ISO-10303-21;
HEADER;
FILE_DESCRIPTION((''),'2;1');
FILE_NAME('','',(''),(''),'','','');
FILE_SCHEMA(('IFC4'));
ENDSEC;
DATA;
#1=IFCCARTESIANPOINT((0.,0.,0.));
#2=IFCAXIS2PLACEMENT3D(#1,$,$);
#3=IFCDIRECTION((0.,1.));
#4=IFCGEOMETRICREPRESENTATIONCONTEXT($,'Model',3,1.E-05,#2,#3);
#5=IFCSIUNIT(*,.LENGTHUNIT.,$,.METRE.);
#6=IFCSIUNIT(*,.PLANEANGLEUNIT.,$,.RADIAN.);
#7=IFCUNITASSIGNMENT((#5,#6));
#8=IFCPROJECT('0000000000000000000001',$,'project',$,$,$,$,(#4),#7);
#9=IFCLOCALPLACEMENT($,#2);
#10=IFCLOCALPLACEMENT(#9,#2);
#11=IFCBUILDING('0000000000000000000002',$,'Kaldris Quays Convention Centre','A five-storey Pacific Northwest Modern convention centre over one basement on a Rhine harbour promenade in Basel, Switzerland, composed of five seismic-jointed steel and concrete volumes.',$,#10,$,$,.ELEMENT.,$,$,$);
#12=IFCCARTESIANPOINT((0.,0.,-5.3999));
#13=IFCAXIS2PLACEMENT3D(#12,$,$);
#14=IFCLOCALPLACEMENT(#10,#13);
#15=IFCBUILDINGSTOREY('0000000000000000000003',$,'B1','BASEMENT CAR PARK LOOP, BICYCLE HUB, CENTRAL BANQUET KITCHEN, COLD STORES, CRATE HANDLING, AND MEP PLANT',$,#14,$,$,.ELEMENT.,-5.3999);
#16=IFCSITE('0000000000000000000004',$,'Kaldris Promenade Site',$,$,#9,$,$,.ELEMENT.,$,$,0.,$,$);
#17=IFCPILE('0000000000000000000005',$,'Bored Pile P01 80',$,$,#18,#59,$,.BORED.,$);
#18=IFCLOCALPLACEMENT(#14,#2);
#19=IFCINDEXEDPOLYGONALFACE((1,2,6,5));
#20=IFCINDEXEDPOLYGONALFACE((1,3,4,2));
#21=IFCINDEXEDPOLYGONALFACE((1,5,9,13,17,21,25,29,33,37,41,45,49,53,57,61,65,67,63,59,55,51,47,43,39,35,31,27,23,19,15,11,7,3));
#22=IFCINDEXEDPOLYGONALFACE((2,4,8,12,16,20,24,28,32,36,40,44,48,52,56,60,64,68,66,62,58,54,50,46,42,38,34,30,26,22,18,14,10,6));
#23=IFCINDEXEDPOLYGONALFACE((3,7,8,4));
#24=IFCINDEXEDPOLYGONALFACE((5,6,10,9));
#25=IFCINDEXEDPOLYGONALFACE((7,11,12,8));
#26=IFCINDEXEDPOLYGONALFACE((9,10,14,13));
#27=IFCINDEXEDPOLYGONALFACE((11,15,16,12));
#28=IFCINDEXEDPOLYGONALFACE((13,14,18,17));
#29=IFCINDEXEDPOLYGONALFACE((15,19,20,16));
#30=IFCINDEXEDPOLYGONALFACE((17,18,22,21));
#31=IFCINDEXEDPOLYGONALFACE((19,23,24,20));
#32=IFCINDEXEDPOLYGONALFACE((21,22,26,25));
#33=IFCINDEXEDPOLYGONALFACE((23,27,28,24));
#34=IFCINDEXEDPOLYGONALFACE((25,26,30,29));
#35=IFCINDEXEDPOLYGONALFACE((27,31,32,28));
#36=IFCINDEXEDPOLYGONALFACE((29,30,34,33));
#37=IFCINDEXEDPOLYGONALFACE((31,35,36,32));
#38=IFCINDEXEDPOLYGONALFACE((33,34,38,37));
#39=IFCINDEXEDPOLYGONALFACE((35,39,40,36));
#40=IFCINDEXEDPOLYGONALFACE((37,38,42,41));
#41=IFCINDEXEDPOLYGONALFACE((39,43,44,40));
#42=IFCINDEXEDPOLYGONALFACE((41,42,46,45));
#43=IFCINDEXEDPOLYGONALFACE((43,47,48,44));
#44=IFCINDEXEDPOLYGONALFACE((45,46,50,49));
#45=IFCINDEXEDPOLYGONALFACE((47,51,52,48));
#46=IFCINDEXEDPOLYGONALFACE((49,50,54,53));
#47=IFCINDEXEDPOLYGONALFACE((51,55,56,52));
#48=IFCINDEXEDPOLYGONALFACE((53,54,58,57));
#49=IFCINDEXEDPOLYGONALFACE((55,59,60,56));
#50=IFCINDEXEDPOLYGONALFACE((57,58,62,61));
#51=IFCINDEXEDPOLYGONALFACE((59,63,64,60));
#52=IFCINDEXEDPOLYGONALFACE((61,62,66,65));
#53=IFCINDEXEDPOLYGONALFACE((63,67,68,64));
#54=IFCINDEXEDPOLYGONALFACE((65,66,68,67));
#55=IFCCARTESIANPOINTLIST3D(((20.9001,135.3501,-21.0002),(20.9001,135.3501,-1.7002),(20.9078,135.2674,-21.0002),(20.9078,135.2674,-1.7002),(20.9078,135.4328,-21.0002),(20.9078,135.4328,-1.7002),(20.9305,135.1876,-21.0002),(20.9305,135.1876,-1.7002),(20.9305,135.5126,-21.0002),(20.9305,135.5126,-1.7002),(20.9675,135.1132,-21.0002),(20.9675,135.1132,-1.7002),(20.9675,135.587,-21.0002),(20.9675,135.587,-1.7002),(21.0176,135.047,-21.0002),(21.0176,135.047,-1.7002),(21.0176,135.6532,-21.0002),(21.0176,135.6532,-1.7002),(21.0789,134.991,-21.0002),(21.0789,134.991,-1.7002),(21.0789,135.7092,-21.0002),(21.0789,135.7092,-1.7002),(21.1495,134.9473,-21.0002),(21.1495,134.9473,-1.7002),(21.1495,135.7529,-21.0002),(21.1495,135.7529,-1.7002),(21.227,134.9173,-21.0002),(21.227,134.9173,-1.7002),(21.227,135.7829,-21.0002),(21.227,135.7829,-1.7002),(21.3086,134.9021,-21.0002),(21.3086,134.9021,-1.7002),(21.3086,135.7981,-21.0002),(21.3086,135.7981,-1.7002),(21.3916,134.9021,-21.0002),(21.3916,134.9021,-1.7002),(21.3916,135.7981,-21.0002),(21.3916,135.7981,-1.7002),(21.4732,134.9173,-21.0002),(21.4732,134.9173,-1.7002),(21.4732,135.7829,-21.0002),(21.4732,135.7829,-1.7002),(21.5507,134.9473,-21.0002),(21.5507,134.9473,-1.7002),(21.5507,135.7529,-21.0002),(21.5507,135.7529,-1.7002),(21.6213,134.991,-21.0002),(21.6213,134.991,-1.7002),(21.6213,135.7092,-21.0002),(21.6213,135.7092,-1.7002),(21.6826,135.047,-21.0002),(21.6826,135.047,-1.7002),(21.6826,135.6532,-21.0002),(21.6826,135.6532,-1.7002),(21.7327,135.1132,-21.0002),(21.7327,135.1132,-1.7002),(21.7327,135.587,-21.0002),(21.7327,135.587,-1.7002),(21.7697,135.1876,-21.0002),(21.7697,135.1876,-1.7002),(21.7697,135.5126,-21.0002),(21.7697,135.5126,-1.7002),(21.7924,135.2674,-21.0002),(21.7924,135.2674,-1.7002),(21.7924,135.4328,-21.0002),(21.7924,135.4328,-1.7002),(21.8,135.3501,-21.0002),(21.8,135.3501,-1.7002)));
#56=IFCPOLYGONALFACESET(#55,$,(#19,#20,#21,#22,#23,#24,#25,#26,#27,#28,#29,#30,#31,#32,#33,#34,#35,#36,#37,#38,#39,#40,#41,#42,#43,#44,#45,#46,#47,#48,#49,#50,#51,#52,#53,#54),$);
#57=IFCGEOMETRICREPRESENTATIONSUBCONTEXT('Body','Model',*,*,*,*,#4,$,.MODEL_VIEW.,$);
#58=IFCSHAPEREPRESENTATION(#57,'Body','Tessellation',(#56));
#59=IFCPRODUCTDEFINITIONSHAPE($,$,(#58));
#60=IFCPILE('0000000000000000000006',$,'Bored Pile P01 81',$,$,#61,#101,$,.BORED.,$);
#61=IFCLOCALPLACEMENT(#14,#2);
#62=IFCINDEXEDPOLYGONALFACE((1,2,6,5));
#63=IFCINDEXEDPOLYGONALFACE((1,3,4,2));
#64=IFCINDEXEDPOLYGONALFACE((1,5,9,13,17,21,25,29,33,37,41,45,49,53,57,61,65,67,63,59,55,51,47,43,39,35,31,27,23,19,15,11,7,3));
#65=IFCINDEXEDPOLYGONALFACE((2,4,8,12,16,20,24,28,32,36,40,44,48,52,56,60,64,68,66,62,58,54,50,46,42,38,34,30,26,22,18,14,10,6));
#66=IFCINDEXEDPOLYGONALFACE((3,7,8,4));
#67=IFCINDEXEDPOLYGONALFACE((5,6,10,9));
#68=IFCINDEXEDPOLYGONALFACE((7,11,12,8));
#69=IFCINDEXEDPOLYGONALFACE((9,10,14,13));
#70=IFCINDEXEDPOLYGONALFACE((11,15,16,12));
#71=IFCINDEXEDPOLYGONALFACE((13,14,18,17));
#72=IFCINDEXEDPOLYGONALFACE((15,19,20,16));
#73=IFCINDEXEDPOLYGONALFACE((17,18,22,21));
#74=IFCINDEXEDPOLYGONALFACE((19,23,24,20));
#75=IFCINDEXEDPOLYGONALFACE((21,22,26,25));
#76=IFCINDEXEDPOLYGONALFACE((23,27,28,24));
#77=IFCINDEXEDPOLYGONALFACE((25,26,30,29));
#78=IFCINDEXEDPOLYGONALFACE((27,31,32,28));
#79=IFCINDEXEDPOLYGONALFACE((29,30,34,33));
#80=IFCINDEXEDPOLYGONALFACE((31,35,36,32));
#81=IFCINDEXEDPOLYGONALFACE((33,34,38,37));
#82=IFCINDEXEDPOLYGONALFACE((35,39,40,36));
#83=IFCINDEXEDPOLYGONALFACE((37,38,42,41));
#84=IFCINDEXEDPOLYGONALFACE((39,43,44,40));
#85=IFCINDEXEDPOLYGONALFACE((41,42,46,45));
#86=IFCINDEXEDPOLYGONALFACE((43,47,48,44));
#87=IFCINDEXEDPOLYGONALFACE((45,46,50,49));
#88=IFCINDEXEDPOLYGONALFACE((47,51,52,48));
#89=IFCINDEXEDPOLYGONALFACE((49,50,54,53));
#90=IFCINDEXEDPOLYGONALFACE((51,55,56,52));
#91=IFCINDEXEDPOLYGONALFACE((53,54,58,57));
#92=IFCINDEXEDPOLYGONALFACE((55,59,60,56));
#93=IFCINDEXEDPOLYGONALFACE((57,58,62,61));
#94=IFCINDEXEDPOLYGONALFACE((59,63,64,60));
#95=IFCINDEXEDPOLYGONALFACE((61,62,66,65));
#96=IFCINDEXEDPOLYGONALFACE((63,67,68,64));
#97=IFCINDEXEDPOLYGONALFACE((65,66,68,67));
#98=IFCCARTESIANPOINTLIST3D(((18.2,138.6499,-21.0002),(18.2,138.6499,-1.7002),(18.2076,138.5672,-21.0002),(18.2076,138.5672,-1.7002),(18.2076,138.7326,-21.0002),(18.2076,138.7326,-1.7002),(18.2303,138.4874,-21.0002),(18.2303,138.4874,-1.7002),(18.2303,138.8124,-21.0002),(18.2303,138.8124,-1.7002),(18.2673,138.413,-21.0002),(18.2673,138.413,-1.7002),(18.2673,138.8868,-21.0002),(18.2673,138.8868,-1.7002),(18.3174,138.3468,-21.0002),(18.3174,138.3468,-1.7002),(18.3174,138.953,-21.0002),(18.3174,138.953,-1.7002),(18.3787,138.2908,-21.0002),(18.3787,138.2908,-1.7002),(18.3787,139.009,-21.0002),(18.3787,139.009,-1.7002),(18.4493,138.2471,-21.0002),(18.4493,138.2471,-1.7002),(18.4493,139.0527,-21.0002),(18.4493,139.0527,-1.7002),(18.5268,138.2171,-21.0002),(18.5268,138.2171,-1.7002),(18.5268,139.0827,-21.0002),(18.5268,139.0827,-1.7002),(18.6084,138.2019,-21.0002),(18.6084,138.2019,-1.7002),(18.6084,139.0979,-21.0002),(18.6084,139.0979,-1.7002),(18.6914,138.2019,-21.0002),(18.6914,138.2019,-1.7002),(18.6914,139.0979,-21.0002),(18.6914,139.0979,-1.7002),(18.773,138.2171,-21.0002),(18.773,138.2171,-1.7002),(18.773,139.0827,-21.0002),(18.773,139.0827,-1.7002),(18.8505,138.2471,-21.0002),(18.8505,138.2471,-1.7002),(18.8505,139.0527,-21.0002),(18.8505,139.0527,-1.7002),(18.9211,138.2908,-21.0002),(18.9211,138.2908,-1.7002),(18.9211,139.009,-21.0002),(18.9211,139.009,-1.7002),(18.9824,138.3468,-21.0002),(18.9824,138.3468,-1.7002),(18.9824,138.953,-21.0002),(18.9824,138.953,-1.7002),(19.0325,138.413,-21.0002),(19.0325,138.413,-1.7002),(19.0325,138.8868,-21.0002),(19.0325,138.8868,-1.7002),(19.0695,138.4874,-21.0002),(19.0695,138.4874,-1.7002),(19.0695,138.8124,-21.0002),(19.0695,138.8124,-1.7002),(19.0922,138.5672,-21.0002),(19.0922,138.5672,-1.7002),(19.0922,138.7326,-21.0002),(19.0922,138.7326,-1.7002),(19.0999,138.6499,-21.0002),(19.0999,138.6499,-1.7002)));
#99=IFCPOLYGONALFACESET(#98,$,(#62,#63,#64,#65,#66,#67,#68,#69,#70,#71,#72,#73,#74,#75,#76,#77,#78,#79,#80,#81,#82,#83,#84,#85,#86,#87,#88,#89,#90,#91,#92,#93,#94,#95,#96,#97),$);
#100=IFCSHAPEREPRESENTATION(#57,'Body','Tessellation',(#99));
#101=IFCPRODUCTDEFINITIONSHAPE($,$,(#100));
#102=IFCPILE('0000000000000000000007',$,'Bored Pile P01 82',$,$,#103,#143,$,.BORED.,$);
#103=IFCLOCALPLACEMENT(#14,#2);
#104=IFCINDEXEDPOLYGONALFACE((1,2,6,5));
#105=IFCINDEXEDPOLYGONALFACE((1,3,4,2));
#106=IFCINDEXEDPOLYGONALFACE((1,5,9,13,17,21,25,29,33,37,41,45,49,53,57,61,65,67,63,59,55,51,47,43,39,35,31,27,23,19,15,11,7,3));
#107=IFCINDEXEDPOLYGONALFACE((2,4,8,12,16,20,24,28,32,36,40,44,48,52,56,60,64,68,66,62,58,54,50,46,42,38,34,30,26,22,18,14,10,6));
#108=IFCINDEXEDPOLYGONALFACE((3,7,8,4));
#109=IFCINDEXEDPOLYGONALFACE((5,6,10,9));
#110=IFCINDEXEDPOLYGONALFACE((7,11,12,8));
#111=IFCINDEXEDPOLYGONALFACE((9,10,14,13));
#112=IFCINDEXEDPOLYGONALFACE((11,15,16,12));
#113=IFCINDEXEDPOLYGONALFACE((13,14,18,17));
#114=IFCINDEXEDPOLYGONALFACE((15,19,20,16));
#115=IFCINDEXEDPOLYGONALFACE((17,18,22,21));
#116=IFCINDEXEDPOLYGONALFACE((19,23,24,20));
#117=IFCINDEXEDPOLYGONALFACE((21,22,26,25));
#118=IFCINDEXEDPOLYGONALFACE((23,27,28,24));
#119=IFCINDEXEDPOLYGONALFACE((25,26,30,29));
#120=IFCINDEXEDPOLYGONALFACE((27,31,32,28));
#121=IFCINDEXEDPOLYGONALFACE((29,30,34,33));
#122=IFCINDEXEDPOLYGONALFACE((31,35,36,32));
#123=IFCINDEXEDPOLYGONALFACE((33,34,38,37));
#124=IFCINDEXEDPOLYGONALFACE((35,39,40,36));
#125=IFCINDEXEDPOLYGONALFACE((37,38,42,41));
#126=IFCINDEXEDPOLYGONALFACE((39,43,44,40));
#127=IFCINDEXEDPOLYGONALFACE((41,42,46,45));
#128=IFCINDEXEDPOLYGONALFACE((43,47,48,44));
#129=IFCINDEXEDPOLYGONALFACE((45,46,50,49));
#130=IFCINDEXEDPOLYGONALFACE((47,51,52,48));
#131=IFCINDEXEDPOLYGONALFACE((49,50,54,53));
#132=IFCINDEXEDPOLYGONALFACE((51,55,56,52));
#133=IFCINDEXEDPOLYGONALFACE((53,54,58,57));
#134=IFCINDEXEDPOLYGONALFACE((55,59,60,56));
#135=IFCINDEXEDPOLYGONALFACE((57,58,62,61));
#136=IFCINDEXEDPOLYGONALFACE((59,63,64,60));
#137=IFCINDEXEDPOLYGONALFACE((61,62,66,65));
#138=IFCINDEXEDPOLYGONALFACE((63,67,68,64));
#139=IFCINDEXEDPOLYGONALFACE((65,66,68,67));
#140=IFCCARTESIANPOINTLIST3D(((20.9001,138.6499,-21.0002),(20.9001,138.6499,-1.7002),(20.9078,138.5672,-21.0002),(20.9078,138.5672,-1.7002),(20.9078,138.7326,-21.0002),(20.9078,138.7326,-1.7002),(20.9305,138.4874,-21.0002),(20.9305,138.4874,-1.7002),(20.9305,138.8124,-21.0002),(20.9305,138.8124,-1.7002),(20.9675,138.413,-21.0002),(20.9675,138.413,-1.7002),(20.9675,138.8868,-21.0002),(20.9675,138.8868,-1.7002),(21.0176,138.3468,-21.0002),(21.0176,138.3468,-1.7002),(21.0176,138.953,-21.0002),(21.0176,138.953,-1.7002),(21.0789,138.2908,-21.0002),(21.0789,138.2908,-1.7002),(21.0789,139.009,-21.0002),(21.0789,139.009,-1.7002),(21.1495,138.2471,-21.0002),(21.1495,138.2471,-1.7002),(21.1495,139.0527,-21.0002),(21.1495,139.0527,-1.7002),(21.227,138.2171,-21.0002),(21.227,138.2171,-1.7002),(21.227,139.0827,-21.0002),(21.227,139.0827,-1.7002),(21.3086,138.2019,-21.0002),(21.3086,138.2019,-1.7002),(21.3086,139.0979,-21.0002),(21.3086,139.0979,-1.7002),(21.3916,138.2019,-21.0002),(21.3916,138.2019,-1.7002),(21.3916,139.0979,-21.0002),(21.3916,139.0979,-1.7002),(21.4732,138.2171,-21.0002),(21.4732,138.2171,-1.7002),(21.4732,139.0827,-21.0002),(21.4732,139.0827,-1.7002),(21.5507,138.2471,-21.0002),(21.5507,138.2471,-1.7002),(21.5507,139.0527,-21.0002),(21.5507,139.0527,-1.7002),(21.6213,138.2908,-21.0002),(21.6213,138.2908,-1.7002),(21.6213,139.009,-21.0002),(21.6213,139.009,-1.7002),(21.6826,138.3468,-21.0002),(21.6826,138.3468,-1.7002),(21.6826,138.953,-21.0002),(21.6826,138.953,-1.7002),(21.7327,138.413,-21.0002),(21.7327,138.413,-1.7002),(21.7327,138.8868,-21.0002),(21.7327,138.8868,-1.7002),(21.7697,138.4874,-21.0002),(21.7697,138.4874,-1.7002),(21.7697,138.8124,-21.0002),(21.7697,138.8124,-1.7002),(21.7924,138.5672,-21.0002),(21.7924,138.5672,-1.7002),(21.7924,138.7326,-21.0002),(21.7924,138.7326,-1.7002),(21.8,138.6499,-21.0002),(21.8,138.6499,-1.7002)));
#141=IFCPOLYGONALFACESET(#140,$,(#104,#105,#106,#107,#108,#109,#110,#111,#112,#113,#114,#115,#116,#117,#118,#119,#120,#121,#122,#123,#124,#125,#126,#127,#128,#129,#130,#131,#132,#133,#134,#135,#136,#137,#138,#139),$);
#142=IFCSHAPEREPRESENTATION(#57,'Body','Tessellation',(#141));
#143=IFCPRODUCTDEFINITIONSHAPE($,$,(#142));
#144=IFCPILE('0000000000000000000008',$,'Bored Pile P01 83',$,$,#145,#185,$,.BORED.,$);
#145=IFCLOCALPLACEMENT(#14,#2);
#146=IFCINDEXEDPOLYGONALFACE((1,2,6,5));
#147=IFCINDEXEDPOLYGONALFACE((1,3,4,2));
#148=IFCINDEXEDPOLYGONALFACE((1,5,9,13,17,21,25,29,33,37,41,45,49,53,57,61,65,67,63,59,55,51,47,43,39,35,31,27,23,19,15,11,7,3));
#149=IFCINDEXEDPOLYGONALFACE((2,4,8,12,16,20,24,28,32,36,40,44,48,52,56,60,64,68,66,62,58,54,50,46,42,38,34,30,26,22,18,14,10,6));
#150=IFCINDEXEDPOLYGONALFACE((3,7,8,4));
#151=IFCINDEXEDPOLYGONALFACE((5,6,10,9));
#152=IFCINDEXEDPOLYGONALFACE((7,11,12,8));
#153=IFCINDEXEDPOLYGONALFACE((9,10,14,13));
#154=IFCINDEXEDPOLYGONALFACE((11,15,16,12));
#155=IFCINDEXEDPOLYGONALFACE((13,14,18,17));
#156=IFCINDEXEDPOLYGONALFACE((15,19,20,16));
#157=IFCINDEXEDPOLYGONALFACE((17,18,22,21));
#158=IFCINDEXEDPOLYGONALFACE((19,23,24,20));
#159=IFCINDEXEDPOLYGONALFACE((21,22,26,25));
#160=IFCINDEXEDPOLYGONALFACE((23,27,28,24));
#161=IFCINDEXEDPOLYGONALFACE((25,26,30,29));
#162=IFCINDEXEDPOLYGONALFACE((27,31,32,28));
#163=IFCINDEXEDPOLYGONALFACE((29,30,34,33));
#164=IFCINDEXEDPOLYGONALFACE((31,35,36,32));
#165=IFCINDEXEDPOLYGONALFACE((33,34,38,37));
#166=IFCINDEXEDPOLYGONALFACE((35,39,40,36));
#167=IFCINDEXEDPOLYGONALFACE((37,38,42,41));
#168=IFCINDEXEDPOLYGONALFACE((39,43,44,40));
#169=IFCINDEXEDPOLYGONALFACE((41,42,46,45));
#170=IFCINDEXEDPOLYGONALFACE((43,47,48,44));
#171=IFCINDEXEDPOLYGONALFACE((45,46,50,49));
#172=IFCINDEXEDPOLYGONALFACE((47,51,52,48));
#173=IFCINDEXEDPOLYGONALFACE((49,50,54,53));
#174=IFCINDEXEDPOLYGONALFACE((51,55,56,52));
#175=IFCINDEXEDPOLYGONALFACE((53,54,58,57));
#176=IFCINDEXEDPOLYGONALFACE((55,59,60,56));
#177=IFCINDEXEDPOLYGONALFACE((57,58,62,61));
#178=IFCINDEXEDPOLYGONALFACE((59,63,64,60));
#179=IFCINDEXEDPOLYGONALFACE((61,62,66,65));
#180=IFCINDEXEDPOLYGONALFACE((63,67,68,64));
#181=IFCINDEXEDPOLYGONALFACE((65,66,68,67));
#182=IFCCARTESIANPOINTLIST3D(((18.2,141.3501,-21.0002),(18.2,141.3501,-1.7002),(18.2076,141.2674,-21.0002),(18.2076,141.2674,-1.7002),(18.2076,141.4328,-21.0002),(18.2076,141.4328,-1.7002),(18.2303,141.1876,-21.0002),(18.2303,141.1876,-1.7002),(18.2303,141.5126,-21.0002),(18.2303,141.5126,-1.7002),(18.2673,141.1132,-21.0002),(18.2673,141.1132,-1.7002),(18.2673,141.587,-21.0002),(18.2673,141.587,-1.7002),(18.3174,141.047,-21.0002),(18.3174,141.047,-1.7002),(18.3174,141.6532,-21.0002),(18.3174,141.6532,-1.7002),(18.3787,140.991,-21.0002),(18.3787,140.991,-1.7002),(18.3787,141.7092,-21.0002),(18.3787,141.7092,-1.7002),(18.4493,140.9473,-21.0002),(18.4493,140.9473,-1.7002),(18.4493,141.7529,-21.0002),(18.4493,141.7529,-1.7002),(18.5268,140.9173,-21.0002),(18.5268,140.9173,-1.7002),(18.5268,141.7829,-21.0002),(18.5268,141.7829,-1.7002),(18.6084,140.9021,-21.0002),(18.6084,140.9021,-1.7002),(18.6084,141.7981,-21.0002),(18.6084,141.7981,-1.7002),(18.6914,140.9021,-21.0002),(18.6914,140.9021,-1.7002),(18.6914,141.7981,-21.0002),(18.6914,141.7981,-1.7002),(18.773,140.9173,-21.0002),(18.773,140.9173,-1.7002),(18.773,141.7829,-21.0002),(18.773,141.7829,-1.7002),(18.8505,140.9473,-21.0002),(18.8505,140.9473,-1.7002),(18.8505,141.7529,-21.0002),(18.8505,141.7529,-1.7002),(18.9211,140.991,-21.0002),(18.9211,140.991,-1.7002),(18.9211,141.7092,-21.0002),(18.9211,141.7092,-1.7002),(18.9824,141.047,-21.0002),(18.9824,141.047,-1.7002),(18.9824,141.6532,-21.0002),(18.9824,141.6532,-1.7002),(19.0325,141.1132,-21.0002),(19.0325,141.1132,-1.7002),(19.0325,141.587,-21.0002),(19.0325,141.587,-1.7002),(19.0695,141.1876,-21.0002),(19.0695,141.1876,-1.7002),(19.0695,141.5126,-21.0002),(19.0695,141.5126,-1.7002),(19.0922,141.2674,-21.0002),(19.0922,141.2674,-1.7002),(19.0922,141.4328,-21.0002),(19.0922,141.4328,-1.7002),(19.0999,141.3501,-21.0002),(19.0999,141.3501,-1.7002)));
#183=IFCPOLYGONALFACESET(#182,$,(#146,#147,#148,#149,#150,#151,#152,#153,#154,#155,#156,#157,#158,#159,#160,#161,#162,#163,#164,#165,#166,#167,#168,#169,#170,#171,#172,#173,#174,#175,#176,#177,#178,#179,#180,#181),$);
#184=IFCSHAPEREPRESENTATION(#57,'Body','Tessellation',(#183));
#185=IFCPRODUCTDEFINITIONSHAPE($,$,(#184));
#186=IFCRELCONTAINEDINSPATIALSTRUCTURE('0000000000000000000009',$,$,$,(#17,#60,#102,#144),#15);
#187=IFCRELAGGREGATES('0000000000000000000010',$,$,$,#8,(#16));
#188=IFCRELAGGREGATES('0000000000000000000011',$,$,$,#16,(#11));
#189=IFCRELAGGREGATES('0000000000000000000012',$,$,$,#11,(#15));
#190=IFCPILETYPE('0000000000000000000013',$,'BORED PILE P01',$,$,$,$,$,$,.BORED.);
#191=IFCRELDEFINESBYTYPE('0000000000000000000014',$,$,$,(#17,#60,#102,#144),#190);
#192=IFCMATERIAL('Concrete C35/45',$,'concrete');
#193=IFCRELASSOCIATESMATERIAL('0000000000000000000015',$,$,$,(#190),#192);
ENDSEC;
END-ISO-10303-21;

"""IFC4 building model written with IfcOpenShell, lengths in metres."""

from ifc_helpers import new_model, si_unit, direction, frame, origin, origin_2d, place, context, subcontext, project, spatial, circle, extrude, material, material_profile, profile_set, type_object, element, save


model = new_model("IFC4")

# Units and contexts
model_context = context("Model", 3, precision=1e-05, world=origin(), true_north=direction((0.0, 1.0)))
body_context = subcontext(model_context, "Body", "Model", "MODEL_VIEW")
ifc_project = project(units=[si_unit("LENGTHUNIT", "METRE"), si_unit("PLANEANGLEUNIT", "RADIAN")], contexts=[model_context])

# Site, building, storey
site_placement = place(None, origin())
site = spatial("IfcSite", under=ifc_project, at=site_placement, Name="Kaldris Promenade Site", CompositionType="ELEMENT", RefElevation=0.0)
building_placement = place(site_placement, origin())
building = spatial("IfcBuilding", under=site, at=building_placement, Name="Kaldris Quays Convention Centre", Description="A five-storey Pacific Northwest Modern convention centre over one basement on a Rhine harbour promenade in Basel, Switzerland, composed of five seismic-jointed steel and concrete volumes.", CompositionType="ELEMENT")
storey_placement = place(building_placement, frame((0.0, 0.0, -5.3999)))
storey = spatial("IfcBuildingStorey", under=building, at=storey_placement, Name="B1", Description="BASEMENT CAR PARK LOOP, BICYCLE HUB, CENTRAL BANQUET KITCHEN, COLD STORES, CRATE HANDLING, AND MEP PLANT", CompositionType="ELEMENT", Elevation=-5.3999)

# Piles
ifc_material_1 = material(Name="Concrete C35/45", Category="concrete")
ifc_material_profile_1 = material_profile(ifc_material_1, circle(Radius=0.45, at=origin_2d()), Name="BORED PILE D900")
ifc_profile_set_1 = profile_set([ifc_material_profile_1], Name="Concrete C35/45")
pile_type = type_object("IfcPileType", Name="BORED PILE P01", PredefinedType="BORED", material=ifc_profile_set_1)
for number, where, z_axis, x_axis, name in (
    (1, (21.3501, 135.3501, -1.7002), (0.0, 0.0, -1.0), (1.0, 0.0, 0.0), "Bored Pile P01 80"),
    (2, (18.6499, 138.6499, -1.7002), (0.0, 0.0, -1.0), (1.0, 0.0, 0.0), "Bored Pile P01 81"),
    (3, (21.3501, 138.6499, -1.7002), (0.0, 0.0, -1.0), (1.0, 0.0, 0.0), "Bored Pile P01 82"),
    (4, (18.6499, 141.3501, -1.7002), (0.0, 0.0, -1.0), (1.0, 0.0, 0.0), "Bored Pile P01 83"),
):
    element("IfcPile", number, at=place(storey_placement, frame(where, z_axis=z_axis, x_axis=x_axis)), inside=storey, type_object=pile_type, Name=name, PredefinedType="BORED", context=body_context, shape_type="SweptSolid", body=[
        extrude(circle(Radius=0.45, at=origin_2d()), origin(), (0.0, 0.0, 1.0), 19.3),
    ])

save(model, "model.ifc")
